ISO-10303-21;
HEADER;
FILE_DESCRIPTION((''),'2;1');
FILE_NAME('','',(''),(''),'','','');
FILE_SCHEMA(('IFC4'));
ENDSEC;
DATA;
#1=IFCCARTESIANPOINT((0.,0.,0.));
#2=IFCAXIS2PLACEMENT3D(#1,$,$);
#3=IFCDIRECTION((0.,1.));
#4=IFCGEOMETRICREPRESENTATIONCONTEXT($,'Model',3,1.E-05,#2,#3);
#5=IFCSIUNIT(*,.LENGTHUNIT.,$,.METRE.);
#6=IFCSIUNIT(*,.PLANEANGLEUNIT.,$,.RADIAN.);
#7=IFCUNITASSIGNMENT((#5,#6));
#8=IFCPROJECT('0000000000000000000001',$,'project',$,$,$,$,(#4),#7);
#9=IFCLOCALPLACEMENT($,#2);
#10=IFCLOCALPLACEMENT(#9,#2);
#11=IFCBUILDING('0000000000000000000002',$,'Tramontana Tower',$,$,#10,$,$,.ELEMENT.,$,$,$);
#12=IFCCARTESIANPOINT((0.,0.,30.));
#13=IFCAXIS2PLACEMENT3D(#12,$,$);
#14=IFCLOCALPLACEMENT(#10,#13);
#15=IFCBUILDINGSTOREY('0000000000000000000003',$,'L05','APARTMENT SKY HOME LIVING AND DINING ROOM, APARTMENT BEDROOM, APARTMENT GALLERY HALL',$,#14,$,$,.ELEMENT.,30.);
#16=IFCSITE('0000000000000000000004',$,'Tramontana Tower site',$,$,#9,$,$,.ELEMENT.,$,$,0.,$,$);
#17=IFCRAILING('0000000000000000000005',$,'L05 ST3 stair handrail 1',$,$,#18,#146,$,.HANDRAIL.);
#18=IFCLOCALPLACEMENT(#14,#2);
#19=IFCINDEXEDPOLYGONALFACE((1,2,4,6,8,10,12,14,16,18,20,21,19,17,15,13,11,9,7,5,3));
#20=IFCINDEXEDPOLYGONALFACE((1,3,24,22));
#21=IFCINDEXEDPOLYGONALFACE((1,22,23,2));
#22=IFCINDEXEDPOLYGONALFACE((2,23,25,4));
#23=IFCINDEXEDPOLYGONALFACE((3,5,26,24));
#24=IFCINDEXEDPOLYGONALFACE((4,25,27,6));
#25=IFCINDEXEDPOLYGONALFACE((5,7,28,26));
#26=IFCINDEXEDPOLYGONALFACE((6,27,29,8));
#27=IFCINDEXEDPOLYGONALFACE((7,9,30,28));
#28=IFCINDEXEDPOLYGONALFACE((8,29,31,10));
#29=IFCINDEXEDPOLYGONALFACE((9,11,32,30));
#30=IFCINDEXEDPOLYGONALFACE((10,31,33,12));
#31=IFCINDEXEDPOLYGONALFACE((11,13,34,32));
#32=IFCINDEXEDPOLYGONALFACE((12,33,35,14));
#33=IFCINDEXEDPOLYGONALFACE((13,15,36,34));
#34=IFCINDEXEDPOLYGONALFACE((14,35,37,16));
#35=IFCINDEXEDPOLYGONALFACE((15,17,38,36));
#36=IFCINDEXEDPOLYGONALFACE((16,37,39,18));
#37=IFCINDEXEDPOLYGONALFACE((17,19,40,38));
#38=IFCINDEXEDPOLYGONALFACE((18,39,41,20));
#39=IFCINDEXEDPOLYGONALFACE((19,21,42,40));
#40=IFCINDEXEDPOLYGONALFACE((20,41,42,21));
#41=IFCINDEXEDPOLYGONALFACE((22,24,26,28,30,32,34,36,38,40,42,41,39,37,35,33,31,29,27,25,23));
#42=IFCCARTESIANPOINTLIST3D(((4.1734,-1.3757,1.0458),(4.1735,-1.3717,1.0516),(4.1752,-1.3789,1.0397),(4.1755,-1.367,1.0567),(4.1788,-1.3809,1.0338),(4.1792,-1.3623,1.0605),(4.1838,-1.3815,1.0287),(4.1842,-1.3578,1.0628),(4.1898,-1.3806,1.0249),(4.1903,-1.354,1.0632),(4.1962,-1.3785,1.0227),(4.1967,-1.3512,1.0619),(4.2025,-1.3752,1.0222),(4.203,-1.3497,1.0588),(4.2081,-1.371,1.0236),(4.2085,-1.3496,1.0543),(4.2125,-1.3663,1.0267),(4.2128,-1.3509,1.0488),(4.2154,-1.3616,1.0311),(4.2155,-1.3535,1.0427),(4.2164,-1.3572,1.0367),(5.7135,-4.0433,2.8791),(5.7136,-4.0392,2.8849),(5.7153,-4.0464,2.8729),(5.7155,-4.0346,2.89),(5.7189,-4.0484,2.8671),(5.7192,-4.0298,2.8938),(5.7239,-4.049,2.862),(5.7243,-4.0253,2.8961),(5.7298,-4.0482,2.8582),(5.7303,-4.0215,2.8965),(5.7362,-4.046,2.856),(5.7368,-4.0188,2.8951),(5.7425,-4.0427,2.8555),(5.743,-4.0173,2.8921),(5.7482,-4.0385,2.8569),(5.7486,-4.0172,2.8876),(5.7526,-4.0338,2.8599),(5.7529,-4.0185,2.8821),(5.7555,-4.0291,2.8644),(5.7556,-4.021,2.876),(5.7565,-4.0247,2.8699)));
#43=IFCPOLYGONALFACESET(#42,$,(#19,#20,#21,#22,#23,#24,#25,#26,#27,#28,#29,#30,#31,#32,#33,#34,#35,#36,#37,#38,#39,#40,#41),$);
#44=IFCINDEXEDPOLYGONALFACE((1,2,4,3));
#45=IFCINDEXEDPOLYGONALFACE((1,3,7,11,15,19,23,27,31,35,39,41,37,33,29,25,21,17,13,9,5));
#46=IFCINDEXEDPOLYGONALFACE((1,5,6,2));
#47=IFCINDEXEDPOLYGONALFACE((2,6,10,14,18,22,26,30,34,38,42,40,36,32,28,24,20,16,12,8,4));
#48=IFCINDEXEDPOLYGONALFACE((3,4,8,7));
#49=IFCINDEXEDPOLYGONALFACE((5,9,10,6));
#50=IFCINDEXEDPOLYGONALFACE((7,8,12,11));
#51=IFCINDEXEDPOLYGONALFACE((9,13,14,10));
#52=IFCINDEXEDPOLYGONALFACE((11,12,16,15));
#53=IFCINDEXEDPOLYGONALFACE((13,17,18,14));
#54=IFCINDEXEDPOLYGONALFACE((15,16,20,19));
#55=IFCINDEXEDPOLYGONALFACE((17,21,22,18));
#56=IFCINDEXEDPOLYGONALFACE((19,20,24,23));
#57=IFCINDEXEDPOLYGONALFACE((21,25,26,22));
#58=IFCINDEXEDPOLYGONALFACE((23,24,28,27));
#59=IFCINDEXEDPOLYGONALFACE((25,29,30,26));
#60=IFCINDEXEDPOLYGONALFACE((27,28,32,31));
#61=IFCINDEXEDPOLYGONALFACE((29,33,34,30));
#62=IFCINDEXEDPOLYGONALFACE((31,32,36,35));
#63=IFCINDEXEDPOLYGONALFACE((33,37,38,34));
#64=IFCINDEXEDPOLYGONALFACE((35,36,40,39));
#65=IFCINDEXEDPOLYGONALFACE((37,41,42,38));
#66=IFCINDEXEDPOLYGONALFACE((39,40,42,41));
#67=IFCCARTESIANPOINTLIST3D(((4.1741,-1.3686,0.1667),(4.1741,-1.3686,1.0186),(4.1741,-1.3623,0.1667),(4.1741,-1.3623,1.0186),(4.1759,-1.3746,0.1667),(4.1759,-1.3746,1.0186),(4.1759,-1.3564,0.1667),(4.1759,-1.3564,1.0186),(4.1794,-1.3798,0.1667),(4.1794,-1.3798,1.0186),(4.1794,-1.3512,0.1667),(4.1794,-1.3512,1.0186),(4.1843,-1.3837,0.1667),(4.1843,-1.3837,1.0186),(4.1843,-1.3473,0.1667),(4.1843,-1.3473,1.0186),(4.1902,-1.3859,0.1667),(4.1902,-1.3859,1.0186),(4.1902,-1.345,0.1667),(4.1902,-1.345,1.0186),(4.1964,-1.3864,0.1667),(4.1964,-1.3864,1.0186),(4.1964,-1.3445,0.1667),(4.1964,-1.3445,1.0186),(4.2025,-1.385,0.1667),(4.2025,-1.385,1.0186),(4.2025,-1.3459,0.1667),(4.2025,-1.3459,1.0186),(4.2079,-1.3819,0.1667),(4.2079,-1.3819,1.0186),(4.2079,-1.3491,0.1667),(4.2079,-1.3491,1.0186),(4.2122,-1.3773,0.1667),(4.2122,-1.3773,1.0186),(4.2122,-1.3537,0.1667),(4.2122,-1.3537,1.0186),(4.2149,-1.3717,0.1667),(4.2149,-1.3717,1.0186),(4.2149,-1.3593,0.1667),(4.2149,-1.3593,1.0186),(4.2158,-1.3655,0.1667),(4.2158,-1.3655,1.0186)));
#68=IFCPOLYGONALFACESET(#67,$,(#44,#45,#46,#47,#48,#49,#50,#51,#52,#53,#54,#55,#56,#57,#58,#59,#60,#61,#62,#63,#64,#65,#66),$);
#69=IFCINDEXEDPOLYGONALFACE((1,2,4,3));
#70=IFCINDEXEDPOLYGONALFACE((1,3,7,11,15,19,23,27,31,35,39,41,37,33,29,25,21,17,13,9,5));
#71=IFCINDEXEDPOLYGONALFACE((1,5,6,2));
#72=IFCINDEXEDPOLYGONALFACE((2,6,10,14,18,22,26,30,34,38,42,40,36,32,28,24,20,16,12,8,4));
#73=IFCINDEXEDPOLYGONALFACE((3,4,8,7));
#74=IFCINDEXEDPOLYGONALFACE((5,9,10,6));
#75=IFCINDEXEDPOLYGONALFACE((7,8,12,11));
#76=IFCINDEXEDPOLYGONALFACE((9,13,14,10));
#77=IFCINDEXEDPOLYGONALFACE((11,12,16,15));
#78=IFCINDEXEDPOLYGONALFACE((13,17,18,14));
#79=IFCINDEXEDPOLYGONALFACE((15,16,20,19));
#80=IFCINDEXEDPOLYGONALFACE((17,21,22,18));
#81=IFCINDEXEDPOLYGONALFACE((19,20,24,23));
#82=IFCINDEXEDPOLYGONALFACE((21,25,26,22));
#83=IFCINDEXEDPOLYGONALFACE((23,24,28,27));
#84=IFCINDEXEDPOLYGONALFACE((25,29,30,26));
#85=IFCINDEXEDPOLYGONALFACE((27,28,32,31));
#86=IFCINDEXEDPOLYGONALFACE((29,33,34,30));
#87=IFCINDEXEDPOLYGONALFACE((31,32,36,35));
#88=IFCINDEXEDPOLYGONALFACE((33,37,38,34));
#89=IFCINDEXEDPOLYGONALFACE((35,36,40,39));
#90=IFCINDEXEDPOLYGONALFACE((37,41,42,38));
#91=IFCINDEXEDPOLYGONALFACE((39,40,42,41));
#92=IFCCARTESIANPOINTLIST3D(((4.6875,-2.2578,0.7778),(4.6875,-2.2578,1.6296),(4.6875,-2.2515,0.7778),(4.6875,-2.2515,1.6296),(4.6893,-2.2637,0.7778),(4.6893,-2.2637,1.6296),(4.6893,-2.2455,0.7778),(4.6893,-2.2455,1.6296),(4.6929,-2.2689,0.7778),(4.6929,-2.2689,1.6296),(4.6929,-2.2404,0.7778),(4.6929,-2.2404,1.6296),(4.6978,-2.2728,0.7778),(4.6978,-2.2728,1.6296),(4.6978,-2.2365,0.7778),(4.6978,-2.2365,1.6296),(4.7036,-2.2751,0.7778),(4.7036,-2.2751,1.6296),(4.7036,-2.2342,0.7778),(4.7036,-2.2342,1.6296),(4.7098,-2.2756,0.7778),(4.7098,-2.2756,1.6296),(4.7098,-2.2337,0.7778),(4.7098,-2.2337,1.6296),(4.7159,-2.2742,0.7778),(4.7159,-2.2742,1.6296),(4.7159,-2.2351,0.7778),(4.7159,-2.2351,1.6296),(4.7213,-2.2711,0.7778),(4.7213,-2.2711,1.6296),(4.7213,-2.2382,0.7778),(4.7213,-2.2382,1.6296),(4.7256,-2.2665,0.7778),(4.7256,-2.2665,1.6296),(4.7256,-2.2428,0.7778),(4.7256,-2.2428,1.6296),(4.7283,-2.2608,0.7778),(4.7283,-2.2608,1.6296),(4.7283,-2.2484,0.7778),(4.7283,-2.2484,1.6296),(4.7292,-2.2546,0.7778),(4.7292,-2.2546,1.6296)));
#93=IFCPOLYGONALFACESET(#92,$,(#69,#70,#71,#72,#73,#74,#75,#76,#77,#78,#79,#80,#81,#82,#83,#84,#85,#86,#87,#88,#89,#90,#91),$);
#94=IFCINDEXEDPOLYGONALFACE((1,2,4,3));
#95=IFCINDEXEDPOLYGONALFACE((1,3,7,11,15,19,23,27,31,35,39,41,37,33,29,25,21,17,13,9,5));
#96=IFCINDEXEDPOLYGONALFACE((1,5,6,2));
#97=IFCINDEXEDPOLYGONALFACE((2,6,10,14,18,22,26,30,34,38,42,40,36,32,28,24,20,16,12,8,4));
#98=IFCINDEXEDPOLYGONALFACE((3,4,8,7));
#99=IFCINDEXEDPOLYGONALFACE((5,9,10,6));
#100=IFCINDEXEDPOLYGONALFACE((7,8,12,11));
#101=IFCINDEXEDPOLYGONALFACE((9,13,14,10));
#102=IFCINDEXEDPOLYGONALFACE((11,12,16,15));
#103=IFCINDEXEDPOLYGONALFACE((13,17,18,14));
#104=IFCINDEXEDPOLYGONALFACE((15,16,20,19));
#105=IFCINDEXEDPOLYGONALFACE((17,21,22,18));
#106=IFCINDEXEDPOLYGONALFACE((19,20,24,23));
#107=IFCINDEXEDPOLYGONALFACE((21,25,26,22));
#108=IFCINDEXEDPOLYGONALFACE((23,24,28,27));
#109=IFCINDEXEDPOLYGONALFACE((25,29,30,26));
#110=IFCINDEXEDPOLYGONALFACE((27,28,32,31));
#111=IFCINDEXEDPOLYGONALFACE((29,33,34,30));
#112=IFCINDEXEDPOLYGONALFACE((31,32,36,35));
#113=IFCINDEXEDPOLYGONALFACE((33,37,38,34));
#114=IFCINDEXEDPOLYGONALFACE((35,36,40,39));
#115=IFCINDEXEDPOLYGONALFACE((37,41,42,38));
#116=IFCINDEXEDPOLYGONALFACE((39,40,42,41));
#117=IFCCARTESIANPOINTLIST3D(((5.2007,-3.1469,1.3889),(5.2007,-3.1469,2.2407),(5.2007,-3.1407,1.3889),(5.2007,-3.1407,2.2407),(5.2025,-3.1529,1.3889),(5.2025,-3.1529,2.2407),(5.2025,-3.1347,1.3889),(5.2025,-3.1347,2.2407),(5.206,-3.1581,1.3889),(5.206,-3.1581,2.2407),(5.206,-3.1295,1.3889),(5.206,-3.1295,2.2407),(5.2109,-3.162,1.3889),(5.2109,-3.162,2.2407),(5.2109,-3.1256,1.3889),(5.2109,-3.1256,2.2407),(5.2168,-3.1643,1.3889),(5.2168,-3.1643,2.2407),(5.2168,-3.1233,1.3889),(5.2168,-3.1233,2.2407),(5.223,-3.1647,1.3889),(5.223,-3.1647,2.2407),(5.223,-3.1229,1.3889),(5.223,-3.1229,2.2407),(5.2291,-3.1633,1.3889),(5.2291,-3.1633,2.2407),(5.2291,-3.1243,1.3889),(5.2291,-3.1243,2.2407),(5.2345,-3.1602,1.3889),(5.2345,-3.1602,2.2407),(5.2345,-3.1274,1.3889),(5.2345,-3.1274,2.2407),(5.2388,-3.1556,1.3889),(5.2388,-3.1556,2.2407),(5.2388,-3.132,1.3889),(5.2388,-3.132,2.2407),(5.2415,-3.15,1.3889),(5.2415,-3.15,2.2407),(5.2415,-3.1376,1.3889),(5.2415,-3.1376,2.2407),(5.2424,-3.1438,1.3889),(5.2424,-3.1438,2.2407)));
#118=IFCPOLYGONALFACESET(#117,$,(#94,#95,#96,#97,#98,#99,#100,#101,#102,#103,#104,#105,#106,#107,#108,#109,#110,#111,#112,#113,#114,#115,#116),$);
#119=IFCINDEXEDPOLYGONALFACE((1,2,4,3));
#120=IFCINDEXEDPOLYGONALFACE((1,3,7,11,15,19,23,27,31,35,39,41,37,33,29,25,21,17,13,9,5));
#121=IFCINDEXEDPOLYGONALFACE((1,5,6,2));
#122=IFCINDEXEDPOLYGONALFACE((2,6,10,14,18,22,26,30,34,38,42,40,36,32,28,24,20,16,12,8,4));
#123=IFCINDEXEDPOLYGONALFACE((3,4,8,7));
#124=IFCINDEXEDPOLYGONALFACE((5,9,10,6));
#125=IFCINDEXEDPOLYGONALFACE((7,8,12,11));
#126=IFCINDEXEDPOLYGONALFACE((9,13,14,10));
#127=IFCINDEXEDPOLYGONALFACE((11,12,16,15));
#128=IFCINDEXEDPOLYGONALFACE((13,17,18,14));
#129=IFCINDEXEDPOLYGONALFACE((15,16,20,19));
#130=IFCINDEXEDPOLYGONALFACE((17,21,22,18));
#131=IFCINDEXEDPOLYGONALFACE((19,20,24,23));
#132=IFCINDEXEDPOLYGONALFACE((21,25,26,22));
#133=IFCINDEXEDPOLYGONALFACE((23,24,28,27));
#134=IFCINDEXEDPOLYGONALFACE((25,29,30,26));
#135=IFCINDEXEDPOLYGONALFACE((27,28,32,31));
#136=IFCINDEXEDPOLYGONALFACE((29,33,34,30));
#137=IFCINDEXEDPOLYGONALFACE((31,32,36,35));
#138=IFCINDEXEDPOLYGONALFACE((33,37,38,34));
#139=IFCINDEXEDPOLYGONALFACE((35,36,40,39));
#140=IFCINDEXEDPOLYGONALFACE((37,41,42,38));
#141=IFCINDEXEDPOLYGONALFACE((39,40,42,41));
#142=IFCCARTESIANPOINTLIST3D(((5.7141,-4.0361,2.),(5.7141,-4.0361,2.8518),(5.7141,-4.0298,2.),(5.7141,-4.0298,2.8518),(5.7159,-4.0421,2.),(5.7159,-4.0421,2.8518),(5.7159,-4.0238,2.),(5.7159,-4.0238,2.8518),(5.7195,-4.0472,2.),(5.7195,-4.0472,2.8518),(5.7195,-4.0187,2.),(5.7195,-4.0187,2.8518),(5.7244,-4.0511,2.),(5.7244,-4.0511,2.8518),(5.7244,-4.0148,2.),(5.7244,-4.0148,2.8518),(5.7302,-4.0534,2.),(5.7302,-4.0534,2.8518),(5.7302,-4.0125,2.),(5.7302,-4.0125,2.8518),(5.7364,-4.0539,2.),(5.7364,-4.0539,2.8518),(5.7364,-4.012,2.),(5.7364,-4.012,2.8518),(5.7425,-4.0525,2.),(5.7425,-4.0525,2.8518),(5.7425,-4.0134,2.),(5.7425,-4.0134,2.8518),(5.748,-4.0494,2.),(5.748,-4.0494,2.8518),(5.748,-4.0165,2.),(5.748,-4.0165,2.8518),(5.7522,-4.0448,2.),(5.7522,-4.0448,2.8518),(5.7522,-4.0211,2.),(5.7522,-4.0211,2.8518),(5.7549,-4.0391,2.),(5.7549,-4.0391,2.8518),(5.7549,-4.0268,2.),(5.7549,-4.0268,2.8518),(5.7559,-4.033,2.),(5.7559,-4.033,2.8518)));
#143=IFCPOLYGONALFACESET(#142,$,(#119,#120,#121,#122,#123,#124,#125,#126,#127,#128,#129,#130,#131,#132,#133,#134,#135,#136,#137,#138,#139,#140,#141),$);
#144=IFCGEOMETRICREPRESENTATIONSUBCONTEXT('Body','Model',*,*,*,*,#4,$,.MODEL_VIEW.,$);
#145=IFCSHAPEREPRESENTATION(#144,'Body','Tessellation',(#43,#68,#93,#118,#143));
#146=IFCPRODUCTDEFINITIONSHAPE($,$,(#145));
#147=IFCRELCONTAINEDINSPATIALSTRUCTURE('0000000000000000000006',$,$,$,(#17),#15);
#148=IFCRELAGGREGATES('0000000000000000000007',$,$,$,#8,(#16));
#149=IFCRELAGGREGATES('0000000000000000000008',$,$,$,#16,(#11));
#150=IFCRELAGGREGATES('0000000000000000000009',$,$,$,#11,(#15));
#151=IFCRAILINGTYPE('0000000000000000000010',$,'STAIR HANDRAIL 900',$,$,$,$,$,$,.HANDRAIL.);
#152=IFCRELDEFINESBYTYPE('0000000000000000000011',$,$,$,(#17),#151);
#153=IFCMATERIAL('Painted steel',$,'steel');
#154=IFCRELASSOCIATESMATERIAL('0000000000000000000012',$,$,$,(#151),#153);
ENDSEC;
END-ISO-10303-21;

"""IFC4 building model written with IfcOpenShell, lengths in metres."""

from ifc_helpers import new_model, si_unit, direction, frame, origin, origin_2d, place, context, subcontext, project, spatial, circle, extrude, material, type_object, element, save


model = new_model("IFC4")

# Units and contexts
model_context = context("Model", 3, precision=1e-05, world=origin(), true_north=direction((0.0, 1.0)))
body_context = subcontext(model_context, "Body", "Model", "MODEL_VIEW")
ifc_project = project(units=[si_unit("LENGTHUNIT", "METRE"), si_unit("PLANEANGLEUNIT", "RADIAN")], contexts=[model_context])

# Site, building, storey
site_placement = place(None, origin())
site = spatial("IfcSite", under=ifc_project, at=site_placement, Name="Tramontana Tower site", CompositionType="ELEMENT", RefElevation=0.0)
building_placement = place(site_placement, origin())
building = spatial("IfcBuilding", under=site, at=building_placement, Name="Tramontana Tower", CompositionType="ELEMENT")
storey_placement = place(building_placement, frame((0.0, 0.0, 30.0)))
storey = spatial("IfcBuildingStorey", under=building, at=storey_placement, Name="L05", Description="APARTMENT SKY HOME LIVING AND DINING ROOM, APARTMENT BEDROOM, APARTMENT GALLERY HALL", CompositionType="ELEMENT", Elevation=30.0)

# Railing
ifc_material_1 = material(Name="Painted steel", Category="steel")
railing_type_1 = type_object("IfcRailingType", Name="STAIR HANDRAIL 900", PredefinedType="HANDRAIL", material=ifc_material_1)
railing_1_placement = place(storey_placement, frame((4.1948, -1.3655, 0.1667)))
element("IfcRailing", 1, at=railing_1_placement, inside=storey, type_object=railing_type_1, Name="L05 ST3 stair handrail 1", PredefinedType="HANDRAIL", context=body_context, shape_type="SweptSolid", body=[
    extrude(circle(Radius=0.0239, at=origin_2d()), frame((0.0, 0.0, 0.876), z_axis=(0.429649, -0.74419, 0.511452), x_axis=(0.86603, 0.499992, 0.0)), (0.0, 0.0, 1.0), 3.5845),
    extrude(circle(Radius=0.021, at=origin_2d()), origin(), (0.0, 0.0, 1.0), 0.8518),
    extrude(circle(Radius=0.021, at=origin_2d()), frame((0.5134, -0.8892, 0.6111)), (0.0, 0.0, 1.0), 0.8518),
    extrude(circle(Radius=0.021, at=origin_2d()), frame((1.0266, -1.7783, 1.2222)), (0.0, 0.0, 1.0), 0.8518),
    extrude(circle(Radius=0.021, at=origin_2d()), frame((1.54, -2.6675, 1.8333)), (0.0, 0.0, 1.0), 0.8518),
])

save(model, "model.ifc")
